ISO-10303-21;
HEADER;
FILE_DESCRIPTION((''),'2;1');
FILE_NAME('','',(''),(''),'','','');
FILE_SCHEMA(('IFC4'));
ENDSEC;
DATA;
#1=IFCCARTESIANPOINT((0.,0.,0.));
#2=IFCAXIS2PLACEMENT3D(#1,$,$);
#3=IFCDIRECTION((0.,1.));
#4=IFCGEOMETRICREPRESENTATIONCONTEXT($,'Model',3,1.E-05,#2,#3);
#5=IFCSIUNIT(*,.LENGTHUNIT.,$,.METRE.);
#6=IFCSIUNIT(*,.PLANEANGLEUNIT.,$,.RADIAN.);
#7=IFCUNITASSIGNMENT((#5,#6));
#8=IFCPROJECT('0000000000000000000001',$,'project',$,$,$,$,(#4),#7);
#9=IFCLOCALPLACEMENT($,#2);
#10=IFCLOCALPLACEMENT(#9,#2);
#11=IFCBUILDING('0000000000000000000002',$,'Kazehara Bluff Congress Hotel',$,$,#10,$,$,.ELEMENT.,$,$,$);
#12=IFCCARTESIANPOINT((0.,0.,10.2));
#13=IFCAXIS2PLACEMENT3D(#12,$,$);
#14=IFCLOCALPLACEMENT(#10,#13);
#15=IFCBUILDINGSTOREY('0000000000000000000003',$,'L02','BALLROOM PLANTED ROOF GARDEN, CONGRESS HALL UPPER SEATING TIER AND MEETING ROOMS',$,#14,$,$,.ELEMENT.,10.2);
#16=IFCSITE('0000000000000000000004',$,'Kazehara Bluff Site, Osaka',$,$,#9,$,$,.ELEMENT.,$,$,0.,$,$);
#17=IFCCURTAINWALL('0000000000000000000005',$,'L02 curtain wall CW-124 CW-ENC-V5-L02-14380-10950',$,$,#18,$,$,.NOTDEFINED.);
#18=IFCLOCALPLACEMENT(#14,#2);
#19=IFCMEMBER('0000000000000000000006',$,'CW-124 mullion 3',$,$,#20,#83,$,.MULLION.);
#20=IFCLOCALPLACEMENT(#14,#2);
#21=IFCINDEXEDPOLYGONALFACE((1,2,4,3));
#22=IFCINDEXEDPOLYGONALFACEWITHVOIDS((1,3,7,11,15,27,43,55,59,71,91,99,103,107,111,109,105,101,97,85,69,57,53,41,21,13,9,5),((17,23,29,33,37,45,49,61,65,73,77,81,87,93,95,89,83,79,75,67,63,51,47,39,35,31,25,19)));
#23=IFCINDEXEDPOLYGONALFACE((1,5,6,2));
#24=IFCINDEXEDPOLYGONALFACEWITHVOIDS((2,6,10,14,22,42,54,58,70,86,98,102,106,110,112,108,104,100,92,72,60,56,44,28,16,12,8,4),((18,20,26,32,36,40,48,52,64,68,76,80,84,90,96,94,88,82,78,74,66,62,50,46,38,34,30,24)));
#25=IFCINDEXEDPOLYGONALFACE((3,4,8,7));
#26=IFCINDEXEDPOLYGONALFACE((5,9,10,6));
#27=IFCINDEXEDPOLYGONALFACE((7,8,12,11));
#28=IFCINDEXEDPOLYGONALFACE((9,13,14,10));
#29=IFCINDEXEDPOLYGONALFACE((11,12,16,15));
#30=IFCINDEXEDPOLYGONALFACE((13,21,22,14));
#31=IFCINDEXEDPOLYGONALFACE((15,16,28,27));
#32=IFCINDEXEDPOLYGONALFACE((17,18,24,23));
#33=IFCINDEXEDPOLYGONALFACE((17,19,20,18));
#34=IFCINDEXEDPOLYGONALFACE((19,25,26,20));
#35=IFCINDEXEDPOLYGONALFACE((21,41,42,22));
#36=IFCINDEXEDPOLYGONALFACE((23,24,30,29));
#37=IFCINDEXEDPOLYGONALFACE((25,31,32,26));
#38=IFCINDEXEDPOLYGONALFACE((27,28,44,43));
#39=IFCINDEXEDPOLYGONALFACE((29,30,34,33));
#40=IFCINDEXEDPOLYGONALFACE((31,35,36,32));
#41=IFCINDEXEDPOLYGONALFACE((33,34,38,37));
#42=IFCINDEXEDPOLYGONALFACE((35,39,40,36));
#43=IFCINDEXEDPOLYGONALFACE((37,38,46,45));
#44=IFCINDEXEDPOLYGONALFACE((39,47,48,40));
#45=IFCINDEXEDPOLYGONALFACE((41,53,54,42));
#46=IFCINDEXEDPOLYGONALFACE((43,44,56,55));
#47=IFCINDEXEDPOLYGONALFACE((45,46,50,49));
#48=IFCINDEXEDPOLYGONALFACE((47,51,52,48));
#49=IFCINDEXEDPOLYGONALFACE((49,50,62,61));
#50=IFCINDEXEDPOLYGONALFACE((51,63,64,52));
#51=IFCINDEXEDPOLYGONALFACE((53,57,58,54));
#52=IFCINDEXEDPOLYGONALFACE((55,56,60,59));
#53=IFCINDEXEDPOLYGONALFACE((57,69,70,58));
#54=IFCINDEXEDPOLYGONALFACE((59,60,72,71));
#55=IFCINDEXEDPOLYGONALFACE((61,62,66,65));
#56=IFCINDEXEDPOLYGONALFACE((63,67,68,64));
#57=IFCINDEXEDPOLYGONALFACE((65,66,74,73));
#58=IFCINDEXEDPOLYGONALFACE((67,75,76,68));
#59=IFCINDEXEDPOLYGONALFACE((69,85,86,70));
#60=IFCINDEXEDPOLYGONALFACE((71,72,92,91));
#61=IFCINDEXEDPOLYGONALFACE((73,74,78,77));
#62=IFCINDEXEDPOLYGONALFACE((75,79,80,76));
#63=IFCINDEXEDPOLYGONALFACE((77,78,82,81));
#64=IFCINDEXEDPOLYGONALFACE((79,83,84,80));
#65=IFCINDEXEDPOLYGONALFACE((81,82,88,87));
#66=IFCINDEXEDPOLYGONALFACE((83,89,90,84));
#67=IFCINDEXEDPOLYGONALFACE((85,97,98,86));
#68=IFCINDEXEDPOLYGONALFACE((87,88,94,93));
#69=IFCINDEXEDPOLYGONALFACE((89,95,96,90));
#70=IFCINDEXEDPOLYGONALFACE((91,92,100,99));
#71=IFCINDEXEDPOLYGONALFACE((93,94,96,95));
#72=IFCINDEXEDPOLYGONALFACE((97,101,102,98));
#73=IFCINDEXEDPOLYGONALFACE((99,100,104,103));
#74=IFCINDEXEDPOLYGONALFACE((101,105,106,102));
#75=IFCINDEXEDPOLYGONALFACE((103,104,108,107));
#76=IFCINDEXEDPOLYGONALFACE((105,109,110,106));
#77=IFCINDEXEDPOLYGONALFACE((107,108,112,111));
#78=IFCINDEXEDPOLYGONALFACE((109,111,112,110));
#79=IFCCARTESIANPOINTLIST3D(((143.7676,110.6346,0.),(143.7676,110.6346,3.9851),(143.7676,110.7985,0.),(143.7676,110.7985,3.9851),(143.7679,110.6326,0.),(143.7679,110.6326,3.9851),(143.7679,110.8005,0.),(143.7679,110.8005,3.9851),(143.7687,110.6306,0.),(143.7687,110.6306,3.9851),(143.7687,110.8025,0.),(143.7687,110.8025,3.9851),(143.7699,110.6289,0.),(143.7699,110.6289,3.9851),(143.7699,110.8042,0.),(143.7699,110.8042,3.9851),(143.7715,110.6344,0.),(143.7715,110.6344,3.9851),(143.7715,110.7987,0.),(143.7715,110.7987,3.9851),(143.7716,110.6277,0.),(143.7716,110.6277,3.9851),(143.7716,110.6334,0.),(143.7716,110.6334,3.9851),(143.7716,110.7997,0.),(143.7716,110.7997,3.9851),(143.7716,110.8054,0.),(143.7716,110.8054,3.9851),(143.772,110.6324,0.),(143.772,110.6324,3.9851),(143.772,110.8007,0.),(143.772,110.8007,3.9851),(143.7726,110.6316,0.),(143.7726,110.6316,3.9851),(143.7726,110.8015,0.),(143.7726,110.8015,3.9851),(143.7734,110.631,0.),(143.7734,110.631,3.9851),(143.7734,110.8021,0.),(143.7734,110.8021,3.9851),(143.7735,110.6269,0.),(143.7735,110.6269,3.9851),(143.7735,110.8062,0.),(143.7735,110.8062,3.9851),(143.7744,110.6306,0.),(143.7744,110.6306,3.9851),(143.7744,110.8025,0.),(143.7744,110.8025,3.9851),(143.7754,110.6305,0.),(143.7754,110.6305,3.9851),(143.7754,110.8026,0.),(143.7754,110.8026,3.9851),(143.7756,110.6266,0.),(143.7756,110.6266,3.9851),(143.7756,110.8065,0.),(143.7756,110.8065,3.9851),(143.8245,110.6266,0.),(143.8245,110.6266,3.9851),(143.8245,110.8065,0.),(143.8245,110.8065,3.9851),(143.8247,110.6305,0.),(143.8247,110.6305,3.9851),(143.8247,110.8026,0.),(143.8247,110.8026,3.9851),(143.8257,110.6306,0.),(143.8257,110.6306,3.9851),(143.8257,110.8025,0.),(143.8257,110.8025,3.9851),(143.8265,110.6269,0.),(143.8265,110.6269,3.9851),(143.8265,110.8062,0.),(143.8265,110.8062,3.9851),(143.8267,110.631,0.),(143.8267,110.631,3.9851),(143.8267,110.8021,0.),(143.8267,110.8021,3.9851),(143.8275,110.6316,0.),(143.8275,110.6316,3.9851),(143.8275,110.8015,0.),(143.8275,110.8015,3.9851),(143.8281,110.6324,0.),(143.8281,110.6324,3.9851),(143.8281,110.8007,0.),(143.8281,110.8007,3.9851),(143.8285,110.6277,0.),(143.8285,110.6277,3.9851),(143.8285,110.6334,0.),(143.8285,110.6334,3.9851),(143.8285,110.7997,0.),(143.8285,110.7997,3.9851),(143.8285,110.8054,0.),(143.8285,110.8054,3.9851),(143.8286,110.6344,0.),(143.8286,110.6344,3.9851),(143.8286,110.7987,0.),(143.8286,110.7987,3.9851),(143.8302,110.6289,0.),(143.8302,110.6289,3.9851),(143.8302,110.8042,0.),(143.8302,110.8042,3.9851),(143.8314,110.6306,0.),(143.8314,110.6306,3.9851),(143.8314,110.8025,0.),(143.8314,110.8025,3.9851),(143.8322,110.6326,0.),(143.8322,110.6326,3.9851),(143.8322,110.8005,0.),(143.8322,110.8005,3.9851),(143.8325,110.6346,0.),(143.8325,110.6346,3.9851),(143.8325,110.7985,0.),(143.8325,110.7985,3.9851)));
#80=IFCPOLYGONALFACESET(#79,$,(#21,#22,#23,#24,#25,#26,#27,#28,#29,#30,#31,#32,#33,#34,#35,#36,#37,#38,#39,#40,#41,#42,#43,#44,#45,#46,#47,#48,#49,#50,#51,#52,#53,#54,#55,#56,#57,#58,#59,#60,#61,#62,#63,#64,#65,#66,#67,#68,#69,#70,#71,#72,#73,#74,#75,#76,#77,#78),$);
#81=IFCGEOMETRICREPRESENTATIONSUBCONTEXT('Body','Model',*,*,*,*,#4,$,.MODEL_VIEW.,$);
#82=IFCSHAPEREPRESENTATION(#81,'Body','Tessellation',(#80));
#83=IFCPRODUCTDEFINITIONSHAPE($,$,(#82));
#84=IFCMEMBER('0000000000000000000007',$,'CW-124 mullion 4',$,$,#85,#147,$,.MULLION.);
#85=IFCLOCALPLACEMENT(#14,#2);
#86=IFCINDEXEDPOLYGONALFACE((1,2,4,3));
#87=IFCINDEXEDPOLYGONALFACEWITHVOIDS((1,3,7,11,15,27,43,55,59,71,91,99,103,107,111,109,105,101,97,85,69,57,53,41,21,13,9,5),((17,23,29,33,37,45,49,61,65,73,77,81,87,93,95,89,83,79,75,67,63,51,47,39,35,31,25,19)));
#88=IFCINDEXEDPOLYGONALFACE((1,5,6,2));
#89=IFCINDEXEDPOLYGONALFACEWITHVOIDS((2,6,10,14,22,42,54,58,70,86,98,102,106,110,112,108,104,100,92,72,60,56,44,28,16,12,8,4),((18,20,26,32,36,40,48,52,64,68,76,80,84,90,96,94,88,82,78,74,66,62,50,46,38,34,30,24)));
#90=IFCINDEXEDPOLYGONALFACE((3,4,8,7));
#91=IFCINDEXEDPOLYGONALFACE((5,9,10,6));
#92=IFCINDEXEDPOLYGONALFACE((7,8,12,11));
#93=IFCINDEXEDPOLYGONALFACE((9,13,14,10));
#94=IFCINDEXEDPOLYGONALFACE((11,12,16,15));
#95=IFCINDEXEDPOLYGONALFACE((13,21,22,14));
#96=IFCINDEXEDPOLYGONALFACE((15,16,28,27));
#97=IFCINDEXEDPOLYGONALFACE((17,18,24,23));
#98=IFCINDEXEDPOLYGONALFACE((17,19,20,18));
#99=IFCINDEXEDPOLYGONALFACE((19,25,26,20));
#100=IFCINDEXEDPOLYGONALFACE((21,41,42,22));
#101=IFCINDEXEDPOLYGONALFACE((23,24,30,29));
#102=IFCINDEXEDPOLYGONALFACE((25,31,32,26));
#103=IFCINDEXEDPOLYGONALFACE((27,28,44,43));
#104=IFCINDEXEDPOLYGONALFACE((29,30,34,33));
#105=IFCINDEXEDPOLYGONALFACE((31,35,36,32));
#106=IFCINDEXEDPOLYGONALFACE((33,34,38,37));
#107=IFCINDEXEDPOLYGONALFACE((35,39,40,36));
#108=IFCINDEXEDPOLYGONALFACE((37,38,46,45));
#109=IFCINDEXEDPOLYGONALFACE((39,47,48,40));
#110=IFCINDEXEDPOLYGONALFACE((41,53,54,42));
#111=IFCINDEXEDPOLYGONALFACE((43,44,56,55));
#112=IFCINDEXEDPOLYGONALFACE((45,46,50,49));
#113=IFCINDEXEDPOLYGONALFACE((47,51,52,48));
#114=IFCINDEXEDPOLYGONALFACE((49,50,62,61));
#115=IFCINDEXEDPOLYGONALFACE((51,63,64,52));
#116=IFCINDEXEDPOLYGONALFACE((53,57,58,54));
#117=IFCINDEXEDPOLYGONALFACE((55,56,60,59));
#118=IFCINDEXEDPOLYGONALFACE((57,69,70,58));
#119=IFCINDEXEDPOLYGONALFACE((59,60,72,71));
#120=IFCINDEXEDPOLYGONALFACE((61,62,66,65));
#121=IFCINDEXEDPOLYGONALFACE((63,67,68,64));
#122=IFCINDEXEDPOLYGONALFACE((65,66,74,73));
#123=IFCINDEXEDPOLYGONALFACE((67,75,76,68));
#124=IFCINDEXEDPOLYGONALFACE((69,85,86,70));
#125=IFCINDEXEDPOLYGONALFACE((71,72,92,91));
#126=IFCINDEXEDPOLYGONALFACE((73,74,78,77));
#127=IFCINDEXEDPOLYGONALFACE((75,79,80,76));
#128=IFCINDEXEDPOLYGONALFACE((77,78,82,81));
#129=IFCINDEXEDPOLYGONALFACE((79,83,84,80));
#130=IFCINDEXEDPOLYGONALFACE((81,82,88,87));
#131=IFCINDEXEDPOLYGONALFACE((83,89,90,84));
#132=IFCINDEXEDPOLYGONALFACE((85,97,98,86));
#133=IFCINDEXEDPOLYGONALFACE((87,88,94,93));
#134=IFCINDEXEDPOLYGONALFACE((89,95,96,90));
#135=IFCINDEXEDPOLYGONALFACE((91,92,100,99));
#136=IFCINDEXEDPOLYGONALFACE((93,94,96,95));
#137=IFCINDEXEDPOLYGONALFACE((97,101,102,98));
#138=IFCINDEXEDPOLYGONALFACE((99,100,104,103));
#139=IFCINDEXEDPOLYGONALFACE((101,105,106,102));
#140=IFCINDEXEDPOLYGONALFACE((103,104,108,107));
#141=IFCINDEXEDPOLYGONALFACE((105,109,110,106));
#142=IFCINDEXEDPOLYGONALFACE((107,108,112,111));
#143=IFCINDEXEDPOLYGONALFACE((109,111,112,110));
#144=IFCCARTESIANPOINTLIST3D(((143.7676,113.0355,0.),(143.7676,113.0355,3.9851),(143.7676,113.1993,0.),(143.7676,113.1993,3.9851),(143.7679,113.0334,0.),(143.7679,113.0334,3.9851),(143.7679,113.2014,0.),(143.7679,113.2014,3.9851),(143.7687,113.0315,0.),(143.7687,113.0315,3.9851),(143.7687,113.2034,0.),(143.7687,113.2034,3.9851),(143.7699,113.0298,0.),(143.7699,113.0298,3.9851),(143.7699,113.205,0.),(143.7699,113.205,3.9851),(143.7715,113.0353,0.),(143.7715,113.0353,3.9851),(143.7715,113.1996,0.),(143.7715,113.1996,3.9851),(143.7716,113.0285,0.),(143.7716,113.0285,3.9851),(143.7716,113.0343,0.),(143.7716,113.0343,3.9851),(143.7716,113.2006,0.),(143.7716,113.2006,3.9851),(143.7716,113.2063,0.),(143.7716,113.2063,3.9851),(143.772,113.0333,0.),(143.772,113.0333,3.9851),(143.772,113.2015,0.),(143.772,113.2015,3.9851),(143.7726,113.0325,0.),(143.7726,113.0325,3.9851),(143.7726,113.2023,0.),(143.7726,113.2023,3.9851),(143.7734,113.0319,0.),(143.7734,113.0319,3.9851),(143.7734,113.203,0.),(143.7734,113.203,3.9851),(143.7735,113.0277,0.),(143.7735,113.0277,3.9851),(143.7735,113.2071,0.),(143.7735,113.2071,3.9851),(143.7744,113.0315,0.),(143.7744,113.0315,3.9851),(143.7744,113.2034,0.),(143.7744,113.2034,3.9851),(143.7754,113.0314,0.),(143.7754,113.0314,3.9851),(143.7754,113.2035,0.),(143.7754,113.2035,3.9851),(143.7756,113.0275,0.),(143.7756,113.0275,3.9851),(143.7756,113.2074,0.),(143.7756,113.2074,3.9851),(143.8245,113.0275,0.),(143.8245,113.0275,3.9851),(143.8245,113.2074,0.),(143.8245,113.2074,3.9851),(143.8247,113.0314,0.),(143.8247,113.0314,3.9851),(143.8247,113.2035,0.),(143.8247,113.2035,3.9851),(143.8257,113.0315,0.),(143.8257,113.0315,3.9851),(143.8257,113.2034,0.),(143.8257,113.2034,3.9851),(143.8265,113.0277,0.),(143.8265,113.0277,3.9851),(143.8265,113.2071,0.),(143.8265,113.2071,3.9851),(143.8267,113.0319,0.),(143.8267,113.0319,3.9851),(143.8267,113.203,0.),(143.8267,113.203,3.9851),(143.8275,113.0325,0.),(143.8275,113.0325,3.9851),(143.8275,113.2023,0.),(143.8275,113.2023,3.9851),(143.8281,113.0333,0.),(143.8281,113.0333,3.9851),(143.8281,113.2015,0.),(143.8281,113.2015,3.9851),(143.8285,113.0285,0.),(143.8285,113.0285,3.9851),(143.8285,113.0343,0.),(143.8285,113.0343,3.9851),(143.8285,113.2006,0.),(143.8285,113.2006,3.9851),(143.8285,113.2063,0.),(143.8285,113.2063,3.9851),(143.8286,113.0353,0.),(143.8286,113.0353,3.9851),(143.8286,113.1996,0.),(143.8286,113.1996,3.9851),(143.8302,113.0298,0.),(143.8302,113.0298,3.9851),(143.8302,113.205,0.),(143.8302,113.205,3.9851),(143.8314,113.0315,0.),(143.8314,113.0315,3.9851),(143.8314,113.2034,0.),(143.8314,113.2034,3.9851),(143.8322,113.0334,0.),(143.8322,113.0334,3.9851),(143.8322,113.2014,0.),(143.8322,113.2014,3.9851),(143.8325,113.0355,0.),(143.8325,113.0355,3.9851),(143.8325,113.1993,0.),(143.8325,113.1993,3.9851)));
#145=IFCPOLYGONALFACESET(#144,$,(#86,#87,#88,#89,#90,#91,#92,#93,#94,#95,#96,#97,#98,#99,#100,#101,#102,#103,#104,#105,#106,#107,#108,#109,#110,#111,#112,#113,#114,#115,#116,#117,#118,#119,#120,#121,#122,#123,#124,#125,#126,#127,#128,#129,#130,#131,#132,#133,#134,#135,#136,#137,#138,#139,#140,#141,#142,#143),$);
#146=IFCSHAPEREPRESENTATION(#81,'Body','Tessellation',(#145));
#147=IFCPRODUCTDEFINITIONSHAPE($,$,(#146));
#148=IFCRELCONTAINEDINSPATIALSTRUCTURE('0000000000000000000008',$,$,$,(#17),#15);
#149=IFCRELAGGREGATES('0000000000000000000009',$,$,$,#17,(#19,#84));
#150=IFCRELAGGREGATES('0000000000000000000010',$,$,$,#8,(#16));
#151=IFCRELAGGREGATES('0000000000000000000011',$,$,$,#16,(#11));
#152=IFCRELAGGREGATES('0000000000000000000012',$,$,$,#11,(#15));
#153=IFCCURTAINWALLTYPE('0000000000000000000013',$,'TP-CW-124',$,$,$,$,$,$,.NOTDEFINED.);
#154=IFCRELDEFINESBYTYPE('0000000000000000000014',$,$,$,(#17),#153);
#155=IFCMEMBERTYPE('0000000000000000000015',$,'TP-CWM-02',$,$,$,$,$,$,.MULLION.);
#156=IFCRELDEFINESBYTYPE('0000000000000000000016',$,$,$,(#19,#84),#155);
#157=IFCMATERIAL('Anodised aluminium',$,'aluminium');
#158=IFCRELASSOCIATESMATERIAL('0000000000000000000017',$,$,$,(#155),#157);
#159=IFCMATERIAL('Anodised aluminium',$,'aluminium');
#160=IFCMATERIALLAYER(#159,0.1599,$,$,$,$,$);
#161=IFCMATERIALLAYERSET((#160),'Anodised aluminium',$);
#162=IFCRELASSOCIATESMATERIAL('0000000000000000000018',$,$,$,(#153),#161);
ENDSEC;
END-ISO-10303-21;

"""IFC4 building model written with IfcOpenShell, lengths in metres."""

from ifc_helpers import new_model, si_unit, direction, frame, origin, origin_2d, place, context, subcontext, project, spatial, hollow_rectangle, extrude, material, layer, layer_set, material_profile, profile_set, type_object, element, aggregate, save


model = new_model("IFC4")

# Units and contexts
model_context = context("Model", 3, precision=1e-05, world=origin(), true_north=direction((0.0, 1.0)))
body_context = subcontext(model_context, "Body", "Model", "MODEL_VIEW")
ifc_project = project(units=[si_unit("LENGTHUNIT", "METRE"), si_unit("PLANEANGLEUNIT", "RADIAN")], contexts=[model_context])

# Site, building, storey
site_placement = place(None, origin())
site = spatial("IfcSite", under=ifc_project, at=site_placement, Name="Kazehara Bluff Site, Osaka", CompositionType="ELEMENT", RefElevation=0.0)
building_placement = place(site_placement, origin())
building = spatial("IfcBuilding", under=site, at=building_placement, Name="Kazehara Bluff Congress Hotel", CompositionType="ELEMENT")
storey_placement = place(building_placement, frame((0.0, 0.0, 10.2)))
storey = spatial("IfcBuildingStorey", under=building, at=storey_placement, Name="L02", Description="BALLROOM PLANTED ROOF GARDEN, CONGRESS HALL UPPER SEATING TIER AND MEETING ROOMS", CompositionType="ELEMENT", Elevation=10.2)

# Curtain wall, members
ifc_material_1 = material(Name="Anodised aluminium", Category="aluminium")
ifc_material_profile_1 = material_profile(ifc_material_1, hollow_rectangle(XDim=0.0649, YDim=0.1799, WallThickness=0.0039, InnerFilletRadius=0.0039, OuterFilletRadius=0.0081, at=origin_2d()))
ifc_profile_set_1 = profile_set([ifc_material_profile_1], Name="Anodised aluminium")
member_type_1 = type_object("IfcMemberType", Name="TP-CWM-02", PredefinedType="MULLION", material=ifc_profile_set_1)
ifc_material_2 = material(Name="Anodised aluminium", Category="aluminium")
ifc_layer_1 = layer(ifc_material_2, 0.1599)
ifc_layer_set_1 = layer_set([ifc_layer_1], Name="Anodised aluminium")
curtain_wall_type_1 = type_object("IfcCurtainWallType", Name="TP-CW-124", PredefinedType="NOTDEFINED", material=ifc_layer_set_1)
curtain_wall_1_placement = place(storey_placement, origin())
curtain_wall_1 = element("IfcCurtainWall", 1, at=curtain_wall_1_placement, inside=storey, type_object=curtain_wall_type_1, Name="L02 curtain wall CW-124 CW-ENC-V5-L02-14380-10950", PredefinedType="NOTDEFINED")
member_1_placement = place(storey_placement, frame((143.8, 110.7166, 0.0), z_axis=(0.0, 0.0, 1.0), x_axis=(-1.0, 0.0, 0.0)))
member_1 = element("IfcMember", 2, at=member_1_placement, type_object=member_type_1, Name="CW-124 mullion 3", PredefinedType="MULLION", context=body_context, shape_type="SweptSolid", body=[
    extrude(hollow_rectangle(XDim=0.0649, YDim=0.1799, WallThickness=0.0039, InnerFilletRadius=0.0039, OuterFilletRadius=0.0081, at=origin_2d()), origin(), (0.0, 0.0, 1.0), 3.9851),
])
member_2_placement = place(storey_placement, frame((143.8, 113.1174, 0.0), z_axis=(0.0, 0.0, 1.0), x_axis=(-1.0, 0.0, 0.0)))
member_2 = element("IfcMember", 3, at=member_2_placement, type_object=member_type_1, Name="CW-124 mullion 4", PredefinedType="MULLION", context=body_context, shape_type="SweptSolid", body=[
    extrude(hollow_rectangle(XDim=0.0649, YDim=0.1799, WallThickness=0.0039, InnerFilletRadius=0.0039, OuterFilletRadius=0.0081, at=origin_2d()), origin(), (0.0, 0.0, 1.0), 3.9851),
])

aggregate(curtain_wall_1, [member_1, member_2])

save(model, "model.ifc")
